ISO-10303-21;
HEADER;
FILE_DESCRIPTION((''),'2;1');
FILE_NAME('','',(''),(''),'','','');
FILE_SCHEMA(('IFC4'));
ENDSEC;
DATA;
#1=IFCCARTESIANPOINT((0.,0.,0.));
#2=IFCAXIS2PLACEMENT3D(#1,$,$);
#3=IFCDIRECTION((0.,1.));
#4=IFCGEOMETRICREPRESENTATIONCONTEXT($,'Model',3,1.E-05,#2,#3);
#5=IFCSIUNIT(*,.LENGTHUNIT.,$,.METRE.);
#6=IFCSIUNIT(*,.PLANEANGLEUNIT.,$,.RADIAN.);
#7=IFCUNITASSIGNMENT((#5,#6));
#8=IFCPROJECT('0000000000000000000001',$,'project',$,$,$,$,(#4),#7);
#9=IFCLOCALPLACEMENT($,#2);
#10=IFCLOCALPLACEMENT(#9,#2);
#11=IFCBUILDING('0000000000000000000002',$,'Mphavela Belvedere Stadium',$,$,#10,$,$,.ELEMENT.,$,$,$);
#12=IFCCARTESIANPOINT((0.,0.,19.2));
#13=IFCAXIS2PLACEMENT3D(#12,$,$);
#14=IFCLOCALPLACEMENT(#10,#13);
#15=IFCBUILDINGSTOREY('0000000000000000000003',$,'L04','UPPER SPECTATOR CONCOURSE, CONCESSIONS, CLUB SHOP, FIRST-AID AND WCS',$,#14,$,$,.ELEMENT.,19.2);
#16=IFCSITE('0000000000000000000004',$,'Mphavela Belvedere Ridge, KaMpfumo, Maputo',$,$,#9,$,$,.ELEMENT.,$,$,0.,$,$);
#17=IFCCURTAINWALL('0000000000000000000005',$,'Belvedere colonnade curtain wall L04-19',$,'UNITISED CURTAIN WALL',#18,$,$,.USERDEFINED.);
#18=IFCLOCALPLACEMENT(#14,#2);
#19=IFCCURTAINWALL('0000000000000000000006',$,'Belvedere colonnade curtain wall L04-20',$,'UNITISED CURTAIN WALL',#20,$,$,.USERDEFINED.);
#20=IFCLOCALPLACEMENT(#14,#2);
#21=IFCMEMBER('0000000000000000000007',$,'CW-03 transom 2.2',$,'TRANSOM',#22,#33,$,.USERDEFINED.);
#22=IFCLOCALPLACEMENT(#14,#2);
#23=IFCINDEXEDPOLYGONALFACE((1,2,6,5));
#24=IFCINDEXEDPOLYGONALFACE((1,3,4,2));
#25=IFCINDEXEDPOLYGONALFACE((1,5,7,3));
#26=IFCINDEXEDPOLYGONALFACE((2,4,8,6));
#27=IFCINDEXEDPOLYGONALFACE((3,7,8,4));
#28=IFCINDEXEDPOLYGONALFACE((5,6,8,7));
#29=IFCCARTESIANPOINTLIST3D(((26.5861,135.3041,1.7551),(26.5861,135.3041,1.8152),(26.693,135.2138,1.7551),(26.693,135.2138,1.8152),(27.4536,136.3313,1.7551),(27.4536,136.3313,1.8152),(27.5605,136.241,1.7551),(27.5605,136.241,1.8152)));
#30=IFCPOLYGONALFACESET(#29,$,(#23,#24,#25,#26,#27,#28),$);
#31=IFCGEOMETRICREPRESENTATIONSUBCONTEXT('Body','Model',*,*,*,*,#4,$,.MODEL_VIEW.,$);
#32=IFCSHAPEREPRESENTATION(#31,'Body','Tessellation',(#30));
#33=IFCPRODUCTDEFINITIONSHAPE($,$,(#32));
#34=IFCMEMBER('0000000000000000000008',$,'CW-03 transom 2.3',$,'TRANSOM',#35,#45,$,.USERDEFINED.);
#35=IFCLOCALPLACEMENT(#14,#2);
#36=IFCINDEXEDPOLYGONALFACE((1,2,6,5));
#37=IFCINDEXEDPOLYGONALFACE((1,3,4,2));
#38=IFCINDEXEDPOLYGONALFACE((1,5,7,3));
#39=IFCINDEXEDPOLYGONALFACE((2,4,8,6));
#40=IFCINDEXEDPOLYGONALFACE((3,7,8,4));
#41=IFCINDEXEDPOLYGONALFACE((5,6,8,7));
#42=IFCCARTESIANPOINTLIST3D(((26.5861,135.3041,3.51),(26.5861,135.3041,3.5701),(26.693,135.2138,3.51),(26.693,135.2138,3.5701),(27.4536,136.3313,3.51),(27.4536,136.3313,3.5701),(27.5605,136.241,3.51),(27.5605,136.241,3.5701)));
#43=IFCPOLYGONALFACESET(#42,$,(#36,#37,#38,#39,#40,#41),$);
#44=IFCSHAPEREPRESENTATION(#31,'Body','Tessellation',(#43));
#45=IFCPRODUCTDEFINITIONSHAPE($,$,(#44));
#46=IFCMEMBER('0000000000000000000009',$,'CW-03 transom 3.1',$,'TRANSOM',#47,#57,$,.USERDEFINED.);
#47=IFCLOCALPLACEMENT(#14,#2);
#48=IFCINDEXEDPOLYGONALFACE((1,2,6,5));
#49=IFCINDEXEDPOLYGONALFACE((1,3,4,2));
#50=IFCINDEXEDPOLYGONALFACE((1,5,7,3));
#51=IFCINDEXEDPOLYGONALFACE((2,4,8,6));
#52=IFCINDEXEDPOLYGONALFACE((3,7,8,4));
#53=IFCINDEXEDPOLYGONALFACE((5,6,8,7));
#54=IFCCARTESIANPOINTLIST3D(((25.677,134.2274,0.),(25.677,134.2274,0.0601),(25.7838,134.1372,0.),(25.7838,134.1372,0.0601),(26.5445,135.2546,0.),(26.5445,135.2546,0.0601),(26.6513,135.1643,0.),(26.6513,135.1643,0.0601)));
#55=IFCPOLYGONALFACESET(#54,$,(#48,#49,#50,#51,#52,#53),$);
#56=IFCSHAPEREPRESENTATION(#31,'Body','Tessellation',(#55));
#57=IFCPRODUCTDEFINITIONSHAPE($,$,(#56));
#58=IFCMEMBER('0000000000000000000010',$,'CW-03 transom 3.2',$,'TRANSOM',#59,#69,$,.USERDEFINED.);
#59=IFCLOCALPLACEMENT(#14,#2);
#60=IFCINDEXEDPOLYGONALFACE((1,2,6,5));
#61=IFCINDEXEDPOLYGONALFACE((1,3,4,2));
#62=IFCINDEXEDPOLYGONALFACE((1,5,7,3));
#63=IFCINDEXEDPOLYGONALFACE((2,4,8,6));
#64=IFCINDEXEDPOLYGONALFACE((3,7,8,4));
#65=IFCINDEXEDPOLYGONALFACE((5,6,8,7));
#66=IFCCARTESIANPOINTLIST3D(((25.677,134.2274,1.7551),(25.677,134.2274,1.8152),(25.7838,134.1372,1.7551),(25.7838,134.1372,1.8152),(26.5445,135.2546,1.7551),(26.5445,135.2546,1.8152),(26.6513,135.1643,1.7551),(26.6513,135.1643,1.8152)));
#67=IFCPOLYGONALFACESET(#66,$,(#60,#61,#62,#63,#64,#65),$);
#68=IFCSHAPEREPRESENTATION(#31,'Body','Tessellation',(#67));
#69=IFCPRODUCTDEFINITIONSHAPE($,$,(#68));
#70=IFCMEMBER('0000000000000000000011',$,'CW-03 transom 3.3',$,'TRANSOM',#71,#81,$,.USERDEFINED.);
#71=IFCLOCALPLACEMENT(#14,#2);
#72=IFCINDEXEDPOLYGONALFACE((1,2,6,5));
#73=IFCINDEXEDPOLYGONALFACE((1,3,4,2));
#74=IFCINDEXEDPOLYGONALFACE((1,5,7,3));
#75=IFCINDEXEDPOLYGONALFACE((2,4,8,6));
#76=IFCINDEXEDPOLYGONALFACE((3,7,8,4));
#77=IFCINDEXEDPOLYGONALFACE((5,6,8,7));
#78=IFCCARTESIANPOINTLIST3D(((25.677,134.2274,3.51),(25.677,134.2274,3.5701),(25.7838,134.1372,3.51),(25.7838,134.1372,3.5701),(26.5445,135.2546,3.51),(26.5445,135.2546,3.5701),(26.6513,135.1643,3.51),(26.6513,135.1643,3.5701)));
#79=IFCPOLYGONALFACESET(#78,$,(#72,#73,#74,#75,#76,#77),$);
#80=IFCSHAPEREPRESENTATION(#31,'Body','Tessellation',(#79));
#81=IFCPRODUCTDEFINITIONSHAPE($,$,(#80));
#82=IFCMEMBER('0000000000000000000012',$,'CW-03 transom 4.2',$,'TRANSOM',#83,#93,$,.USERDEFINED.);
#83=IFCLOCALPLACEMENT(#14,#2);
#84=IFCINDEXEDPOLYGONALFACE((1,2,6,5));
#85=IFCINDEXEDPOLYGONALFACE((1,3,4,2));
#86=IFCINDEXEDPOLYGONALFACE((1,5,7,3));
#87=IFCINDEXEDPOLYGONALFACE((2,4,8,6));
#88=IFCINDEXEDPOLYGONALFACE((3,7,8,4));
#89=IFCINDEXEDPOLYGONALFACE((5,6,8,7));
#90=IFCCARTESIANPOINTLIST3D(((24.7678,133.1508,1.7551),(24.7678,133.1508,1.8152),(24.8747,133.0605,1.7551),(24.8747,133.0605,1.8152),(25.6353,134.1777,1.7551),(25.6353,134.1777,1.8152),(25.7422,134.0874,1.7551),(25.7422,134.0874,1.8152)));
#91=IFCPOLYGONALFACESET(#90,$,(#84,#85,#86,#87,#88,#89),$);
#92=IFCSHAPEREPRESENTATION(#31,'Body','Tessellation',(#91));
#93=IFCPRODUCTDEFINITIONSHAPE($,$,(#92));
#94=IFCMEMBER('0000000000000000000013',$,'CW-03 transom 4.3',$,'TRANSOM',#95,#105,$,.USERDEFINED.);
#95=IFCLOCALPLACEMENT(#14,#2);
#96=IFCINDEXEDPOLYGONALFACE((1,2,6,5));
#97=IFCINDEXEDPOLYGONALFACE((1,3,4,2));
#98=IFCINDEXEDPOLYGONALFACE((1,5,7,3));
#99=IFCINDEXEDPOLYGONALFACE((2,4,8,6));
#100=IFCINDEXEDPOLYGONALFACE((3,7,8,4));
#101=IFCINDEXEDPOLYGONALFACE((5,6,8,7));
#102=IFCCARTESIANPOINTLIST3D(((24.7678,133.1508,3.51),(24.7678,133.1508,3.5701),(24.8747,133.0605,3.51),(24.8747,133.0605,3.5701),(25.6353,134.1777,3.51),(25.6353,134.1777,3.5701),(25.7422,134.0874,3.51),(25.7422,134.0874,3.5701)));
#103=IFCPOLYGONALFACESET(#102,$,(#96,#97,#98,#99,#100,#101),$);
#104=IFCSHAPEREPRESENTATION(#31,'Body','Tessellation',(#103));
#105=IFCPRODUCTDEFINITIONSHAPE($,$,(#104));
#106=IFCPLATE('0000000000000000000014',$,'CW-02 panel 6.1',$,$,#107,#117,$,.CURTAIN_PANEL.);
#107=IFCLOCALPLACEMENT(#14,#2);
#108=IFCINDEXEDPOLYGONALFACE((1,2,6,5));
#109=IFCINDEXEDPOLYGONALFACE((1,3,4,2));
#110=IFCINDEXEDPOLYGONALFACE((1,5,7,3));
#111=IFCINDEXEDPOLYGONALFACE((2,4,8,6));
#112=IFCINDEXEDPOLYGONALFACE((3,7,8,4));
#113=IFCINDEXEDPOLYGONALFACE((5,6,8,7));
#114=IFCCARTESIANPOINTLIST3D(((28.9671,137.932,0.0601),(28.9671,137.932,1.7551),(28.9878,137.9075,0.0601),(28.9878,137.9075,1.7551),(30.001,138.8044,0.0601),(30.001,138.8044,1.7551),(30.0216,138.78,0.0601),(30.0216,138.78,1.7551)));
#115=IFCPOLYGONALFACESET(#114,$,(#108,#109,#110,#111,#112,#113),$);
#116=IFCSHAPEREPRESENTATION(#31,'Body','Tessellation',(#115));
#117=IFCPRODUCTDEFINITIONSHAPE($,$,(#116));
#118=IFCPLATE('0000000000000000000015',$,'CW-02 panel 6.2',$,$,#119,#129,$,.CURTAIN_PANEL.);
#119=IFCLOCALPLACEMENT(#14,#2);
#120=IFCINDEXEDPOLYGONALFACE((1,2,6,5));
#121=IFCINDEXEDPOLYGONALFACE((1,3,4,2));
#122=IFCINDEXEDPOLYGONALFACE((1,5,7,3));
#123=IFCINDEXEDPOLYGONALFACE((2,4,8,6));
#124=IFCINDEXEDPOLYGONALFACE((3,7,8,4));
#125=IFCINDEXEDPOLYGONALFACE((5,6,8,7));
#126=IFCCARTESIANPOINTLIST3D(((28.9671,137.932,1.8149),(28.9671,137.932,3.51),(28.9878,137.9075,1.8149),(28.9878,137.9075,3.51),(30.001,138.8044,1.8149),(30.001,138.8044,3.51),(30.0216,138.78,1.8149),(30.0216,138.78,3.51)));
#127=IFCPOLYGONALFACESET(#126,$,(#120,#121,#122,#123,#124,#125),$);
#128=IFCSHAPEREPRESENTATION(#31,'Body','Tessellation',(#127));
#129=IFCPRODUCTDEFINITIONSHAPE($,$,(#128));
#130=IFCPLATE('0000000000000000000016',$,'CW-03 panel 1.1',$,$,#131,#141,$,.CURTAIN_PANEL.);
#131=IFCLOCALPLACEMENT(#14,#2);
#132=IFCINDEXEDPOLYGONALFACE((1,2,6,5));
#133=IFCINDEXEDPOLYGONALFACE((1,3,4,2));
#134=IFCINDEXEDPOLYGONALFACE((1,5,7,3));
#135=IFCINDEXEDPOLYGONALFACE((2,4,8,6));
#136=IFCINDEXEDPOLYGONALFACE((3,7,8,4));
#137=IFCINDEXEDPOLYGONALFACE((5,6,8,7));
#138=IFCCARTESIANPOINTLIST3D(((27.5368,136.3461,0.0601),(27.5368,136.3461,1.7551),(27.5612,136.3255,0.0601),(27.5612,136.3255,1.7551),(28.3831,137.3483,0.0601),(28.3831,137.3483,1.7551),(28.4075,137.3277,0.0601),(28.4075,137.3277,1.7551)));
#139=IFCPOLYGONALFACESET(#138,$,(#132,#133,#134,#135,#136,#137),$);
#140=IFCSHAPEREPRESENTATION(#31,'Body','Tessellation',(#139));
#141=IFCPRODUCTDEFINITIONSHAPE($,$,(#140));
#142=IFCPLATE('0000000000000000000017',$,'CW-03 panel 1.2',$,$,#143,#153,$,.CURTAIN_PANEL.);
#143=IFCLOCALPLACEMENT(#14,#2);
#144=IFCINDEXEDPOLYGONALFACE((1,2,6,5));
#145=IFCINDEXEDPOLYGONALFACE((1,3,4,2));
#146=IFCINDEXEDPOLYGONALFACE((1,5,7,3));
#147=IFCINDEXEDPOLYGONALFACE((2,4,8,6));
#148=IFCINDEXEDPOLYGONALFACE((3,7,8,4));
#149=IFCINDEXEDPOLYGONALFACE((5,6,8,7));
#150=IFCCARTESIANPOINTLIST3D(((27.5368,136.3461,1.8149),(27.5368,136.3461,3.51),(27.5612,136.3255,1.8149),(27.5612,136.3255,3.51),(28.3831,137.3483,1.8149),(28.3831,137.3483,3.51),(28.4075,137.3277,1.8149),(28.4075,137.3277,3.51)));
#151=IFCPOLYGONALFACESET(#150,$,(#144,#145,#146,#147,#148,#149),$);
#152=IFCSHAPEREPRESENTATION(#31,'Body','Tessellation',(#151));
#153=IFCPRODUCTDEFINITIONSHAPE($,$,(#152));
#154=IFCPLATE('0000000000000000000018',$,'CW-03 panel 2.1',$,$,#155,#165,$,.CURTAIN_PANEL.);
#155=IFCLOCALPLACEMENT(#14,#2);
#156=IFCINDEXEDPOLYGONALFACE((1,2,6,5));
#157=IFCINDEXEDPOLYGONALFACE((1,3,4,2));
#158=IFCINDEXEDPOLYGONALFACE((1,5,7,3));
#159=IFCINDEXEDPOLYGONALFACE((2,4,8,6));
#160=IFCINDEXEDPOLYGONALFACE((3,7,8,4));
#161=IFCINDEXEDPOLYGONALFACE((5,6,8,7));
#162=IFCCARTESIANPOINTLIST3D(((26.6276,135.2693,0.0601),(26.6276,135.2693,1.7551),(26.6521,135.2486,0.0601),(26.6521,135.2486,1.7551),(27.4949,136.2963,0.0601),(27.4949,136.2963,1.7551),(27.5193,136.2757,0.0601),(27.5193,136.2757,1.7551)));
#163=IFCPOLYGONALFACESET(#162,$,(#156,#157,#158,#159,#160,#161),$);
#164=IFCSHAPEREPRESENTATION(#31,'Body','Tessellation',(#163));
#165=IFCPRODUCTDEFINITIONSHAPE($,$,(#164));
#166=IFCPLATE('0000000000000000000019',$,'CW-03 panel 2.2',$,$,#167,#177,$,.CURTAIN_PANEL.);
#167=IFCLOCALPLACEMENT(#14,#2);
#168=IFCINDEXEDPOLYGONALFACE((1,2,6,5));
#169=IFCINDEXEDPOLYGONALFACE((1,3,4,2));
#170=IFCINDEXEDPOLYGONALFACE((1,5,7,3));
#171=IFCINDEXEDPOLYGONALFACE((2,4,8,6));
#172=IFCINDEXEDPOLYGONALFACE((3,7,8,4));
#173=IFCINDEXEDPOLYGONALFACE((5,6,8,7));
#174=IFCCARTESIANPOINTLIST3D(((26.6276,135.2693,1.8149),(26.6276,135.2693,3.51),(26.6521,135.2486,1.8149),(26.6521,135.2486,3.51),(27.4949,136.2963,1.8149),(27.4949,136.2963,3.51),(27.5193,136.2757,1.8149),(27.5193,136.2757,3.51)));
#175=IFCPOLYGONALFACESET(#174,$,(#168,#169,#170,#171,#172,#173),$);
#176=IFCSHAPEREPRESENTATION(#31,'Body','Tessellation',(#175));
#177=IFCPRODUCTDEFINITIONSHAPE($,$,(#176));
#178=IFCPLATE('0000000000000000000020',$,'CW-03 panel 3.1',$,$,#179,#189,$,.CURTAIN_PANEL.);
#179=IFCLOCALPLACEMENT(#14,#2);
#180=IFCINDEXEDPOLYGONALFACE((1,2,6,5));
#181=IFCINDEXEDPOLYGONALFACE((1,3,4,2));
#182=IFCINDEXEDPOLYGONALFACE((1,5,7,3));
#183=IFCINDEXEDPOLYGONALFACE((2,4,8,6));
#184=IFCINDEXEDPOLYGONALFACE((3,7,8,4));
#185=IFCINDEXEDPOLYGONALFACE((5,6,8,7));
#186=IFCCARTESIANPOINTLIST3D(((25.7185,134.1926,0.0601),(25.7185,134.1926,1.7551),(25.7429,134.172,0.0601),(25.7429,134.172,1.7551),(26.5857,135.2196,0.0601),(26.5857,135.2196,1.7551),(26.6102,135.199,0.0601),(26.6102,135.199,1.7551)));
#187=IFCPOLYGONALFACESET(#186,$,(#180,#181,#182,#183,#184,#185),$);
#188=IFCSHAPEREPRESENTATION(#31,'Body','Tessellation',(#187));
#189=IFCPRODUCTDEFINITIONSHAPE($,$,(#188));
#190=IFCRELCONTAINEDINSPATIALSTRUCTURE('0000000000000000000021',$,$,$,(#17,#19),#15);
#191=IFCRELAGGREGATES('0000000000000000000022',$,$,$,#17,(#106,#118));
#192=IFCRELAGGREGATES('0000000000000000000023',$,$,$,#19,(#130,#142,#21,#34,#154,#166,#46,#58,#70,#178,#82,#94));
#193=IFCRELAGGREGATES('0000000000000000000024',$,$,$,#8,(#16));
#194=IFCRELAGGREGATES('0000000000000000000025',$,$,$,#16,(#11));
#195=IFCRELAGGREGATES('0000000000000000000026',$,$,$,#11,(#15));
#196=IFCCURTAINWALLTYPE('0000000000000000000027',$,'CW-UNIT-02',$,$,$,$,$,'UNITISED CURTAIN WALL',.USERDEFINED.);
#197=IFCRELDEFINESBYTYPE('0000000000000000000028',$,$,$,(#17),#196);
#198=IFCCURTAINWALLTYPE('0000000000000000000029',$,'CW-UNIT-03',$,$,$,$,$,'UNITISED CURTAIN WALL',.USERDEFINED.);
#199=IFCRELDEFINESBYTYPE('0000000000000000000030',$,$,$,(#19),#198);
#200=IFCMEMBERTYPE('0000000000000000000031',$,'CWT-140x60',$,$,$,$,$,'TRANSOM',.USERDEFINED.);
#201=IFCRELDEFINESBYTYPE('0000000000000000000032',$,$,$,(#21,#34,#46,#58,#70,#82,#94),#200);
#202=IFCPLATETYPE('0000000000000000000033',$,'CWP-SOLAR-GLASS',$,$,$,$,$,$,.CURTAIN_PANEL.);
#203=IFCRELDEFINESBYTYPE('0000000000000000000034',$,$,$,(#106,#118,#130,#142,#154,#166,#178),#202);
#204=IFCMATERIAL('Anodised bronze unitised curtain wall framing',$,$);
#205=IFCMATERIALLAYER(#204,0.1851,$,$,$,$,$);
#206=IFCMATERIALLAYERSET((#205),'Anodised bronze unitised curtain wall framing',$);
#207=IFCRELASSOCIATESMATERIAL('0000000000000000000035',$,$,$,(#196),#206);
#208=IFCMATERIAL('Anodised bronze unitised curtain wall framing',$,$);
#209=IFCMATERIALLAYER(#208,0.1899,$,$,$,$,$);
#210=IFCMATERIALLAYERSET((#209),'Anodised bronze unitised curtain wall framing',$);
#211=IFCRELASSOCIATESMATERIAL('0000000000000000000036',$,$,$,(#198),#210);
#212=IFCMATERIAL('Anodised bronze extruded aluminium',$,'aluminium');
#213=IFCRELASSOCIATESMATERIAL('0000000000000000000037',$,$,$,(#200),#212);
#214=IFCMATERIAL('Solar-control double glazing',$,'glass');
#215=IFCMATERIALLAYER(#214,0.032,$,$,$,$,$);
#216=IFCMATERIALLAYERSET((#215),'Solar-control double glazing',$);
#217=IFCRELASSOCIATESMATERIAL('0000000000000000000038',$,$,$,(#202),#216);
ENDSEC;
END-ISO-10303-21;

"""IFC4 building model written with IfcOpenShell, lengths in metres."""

from ifc_helpers import new_model, si_unit, direction, frame, origin, origin_2d, place, context, subcontext, project, spatial, rectangle, extrude, material, layer, layer_set, material_profile, profile_set, type_object, element, aggregate, save


model = new_model("IFC4")

# Units and contexts
model_context = context("Model", 3, precision=1e-05, world=origin(), true_north=direction((0.0, 1.0)))
body_context = subcontext(model_context, "Body", "Model", "MODEL_VIEW")
ifc_project = project(units=[si_unit("LENGTHUNIT", "METRE"), si_unit("PLANEANGLEUNIT", "RADIAN")], contexts=[model_context])

# Site, building, storey
site_placement = place(None, origin())
site = spatial("IfcSite", under=ifc_project, at=site_placement, Name="Mphavela Belvedere Ridge, KaMpfumo, Maputo", CompositionType="ELEMENT", RefElevation=0.0)
building_placement = place(site_placement, origin())
building = spatial("IfcBuilding", under=site, at=building_placement, Name="Mphavela Belvedere Stadium", CompositionType="ELEMENT")
storey_placement = place(building_placement, frame((0.0, 0.0, 19.2)))
storey = spatial("IfcBuildingStorey", under=building, at=storey_placement, Name="L04", Description="UPPER SPECTATOR CONCOURSE, CONCESSIONS, CLUB SHOP, FIRST-AID AND WCS", CompositionType="ELEMENT", Elevation=19.2)

# Curtain wall
ifc_material_1 = material(Name="Anodised bronze unitised curtain wall framing")
ifc_layer_1 = layer(ifc_material_1, 0.1851)
ifc_layer_set_1 = layer_set([ifc_layer_1], Name="Anodised bronze unitised curtain wall framing")
curtain_wall_type_1 = type_object("IfcCurtainWallType", Name="CW-UNIT-02", ElementType="UNITISED CURTAIN WALL", PredefinedType="USERDEFINED", material=ifc_layer_set_1)
curtain_wall_1_placement = place(storey_placement, origin())
curtain_wall_1 = element("IfcCurtainWall", 1, at=curtain_wall_1_placement, inside=storey, type_object=curtain_wall_type_1, Name="Belvedere colonnade curtain wall L04-19", ObjectType="UNITISED CURTAIN WALL", PredefinedType="USERDEFINED")

# Curtain wall, members
ifc_material_2 = material(Name="Anodised bronze unitised curtain wall framing")
ifc_layer_2 = layer(ifc_material_2, 0.1899)
ifc_layer_set_2 = layer_set([ifc_layer_2], Name="Anodised bronze unitised curtain wall framing")
curtain_wall_type_2 = type_object("IfcCurtainWallType", Name="CW-UNIT-03", ElementType="UNITISED CURTAIN WALL", PredefinedType="USERDEFINED", material=ifc_layer_set_2)
curtain_wall_2_placement = place(storey_placement, origin())
curtain_wall_2 = element("IfcCurtainWall", 2, at=curtain_wall_2_placement, inside=storey, type_object=curtain_wall_type_2, Name="Belvedere colonnade curtain wall L04-20", ObjectType="UNITISED CURTAIN WALL", PredefinedType="USERDEFINED")
ifc_material_3 = material(Name="Anodised bronze extruded aluminium", Category="aluminium")
ifc_material_profile_1 = material_profile(ifc_material_3, rectangle(XDim=0.1399, YDim=0.0601, at=origin_2d()), Name="CW-TRN 140x60")
ifc_profile_set_1 = profile_set([ifc_material_profile_1], Name="Anodised bronze extruded aluminium")
member_type_1 = type_object("IfcMemberType", Name="CWT-140x60", ElementType="TRANSOM", PredefinedType="USERDEFINED", material=ifc_profile_set_1)
member_1_placement = place(storey_placement, frame((27.5071, 136.2861, 1.7852), z_axis=(-0.645226, -0.763992, 0.0), x_axis=(0.763992, -0.645226, 0.0)))
member_1 = element("IfcMember", 3, at=member_1_placement, type_object=member_type_1, Name="CW-03 transom 2.2", ObjectType="TRANSOM", PredefinedType="USERDEFINED", context=body_context, shape_type="SweptSolid", body=[
    extrude(rectangle(XDim=0.1399, YDim=0.0601, at=origin_2d()), origin(), (0.0, 0.0, 1.0), 1.3445),
])
member_2_placement = place(storey_placement, frame((27.5071, 136.2861, 3.54), z_axis=(-0.645226, -0.763992, 0.0), x_axis=(0.763992, -0.645226, 0.0)))
member_2 = element("IfcMember", 4, at=member_2_placement, type_object=member_type_1, Name="CW-03 transom 2.3", ObjectType="TRANSOM", PredefinedType="USERDEFINED", context=body_context, shape_type="SweptSolid", body=[
    extrude(rectangle(XDim=0.1399, YDim=0.0601, at=origin_2d()), origin(), (0.0, 0.0, 1.0), 1.3445),
])
member_3_placement = place(storey_placement, frame((26.5979, 135.2095, 0.03), z_axis=(-0.645226, -0.763992, 0.0), x_axis=(0.763992, -0.645226, 0.0)))
member_3 = element("IfcMember", 5, at=member_3_placement, type_object=member_type_1, Name="CW-03 transom 3.1", ObjectType="TRANSOM", PredefinedType="USERDEFINED", context=body_context, shape_type="SweptSolid", body=[
    extrude(rectangle(XDim=0.1399, YDim=0.0601, at=origin_2d()), origin(), (0.0, 0.0, 1.0), 1.3445),
])
member_4_placement = place(storey_placement, frame((26.5979, 135.2095, 1.7852), z_axis=(-0.645226, -0.763992, 0.0), x_axis=(0.763992, -0.645226, 0.0)))
member_4 = element("IfcMember", 6, at=member_4_placement, type_object=member_type_1, Name="CW-03 transom 3.2", ObjectType="TRANSOM", PredefinedType="USERDEFINED", context=body_context, shape_type="SweptSolid", body=[
    extrude(rectangle(XDim=0.1399, YDim=0.0601, at=origin_2d()), origin(), (0.0, 0.0, 1.0), 1.3445),
])
member_5_placement = place(storey_placement, frame((26.5979, 135.2095, 3.54), z_axis=(-0.645226, -0.763992, 0.0), x_axis=(0.763992, -0.645226, 0.0)))
member_5 = element("IfcMember", 7, at=member_5_placement, type_object=member_type_1, Name="CW-03 transom 3.3", ObjectType="TRANSOM", PredefinedType="USERDEFINED", context=body_context, shape_type="SweptSolid", body=[
    extrude(rectangle(XDim=0.1399, YDim=0.0601, at=origin_2d()), origin(), (0.0, 0.0, 1.0), 1.3445),
])
member_6_placement = place(storey_placement, frame((25.6887, 134.1326, 1.7852), z_axis=(-0.645315, -0.763916, 0.0), x_axis=(0.763916, -0.645315, 0.0)))
member_6 = element("IfcMember", 8, at=member_6_placement, type_object=member_type_1, Name="CW-03 transom 4.2", ObjectType="TRANSOM", PredefinedType="USERDEFINED", context=body_context, shape_type="SweptSolid", body=[
    extrude(rectangle(XDim=0.1399, YDim=0.0601, at=origin_2d()), origin(), (0.0, 0.0, 1.0), 1.3442),
])
member_7_placement = place(storey_placement, frame((25.6887, 134.1326, 3.54), z_axis=(-0.645315, -0.763916, 0.0), x_axis=(0.763916, -0.645315, 0.0)))
member_7 = element("IfcMember", 9, at=member_7_placement, type_object=member_type_1, Name="CW-03 transom 4.3", ObjectType="TRANSOM", PredefinedType="USERDEFINED", context=body_context, shape_type="SweptSolid", body=[
    extrude(rectangle(XDim=0.1399, YDim=0.0601, at=origin_2d()), origin(), (0.0, 0.0, 1.0), 1.3442),
])

# Plates
ifc_material_4 = material(Name="Solar-control double glazing", Category="glass")
ifc_layer_3 = layer(ifc_material_4, 0.032)
ifc_layer_set_3 = layer_set([ifc_layer_3], Name="Solar-control double glazing")
plate_type = type_object("IfcPlateType", Name="CWP-SOLAR-GLASS", PredefinedType="CURTAIN_PANEL", material=ifc_layer_set_3)
plate_1_placement = place(storey_placement, frame((29.4944, 138.356, 0.0601), z_axis=(0.0, 0.0, 1.0), x_axis=(-0.764253, -0.644916, 0.0)))
plate_1 = element("IfcPlate", 10, at=plate_1_placement, type_object=plate_type, Name="CW-02 panel 6.1", PredefinedType="CURTAIN_PANEL", context=body_context, shape_type="SweptSolid", body=[
    extrude(rectangle(XDim=1.3528, YDim=0.032, at=origin_2d()), origin(), (0.0, 0.0, 1.0), 1.6951),
])
plate_2_placement = place(storey_placement, frame((29.4944, 138.356, 1.8149), z_axis=(0.0, 0.0, 1.0), x_axis=(-0.764253, -0.644916, 0.0)))
plate_2 = element("IfcPlate", 11, at=plate_2_placement, type_object=plate_type, Name="CW-02 panel 6.2", PredefinedType="CURTAIN_PANEL", context=body_context, shape_type="SweptSolid", body=[
    extrude(rectangle(XDim=1.3528, YDim=0.032, at=origin_2d()), origin(), (0.0, 0.0, 1.0), 1.6951),
])
aggregate(curtain_wall_1, [plate_1, plate_2])
plate_3_placement = place(storey_placement, frame((27.9722, 136.8369, 0.0601), z_axis=(0.0, 0.0, 1.0), x_axis=(-0.645175, -0.764035, 0.0)))
plate_3 = element("IfcPlate", 12, at=plate_3_placement, type_object=plate_type, Name="CW-03 panel 1.1", PredefinedType="CURTAIN_PANEL", context=body_context, shape_type="SweptSolid", body=[
    extrude(rectangle(XDim=1.3118, YDim=0.032, at=origin_2d()), origin(), (0.0, 0.0, 1.0), 1.6951),
])
plate_4_placement = place(storey_placement, frame((27.9722, 136.8369, 1.8149), z_axis=(0.0, 0.0, 1.0), x_axis=(-0.645175, -0.764035, 0.0)))
plate_4 = element("IfcPlate", 13, at=plate_4_placement, type_object=plate_type, Name="CW-03 panel 1.2", PredefinedType="CURTAIN_PANEL", context=body_context, shape_type="SweptSolid", body=[
    extrude(rectangle(XDim=1.3118, YDim=0.032, at=origin_2d()), origin(), (0.0, 0.0, 1.0), 1.6951),
])
plate_5_placement = place(storey_placement, frame((27.0735, 135.7725, 0.0601), z_axis=(0.0, 0.0, 1.0), x_axis=(-0.645175, -0.764035, 0.0)))
plate_5 = element("IfcPlate", 14, at=plate_5_placement, type_object=plate_type, Name="CW-03 panel 2.1", PredefinedType="CURTAIN_PANEL", context=body_context, shape_type="SweptSolid", body=[
    extrude(rectangle(XDim=1.3442, YDim=0.032, at=origin_2d()), origin(), (0.0, 0.0, 1.0), 1.6951),
])
plate_6_placement = place(storey_placement, frame((27.0735, 135.7725, 1.8149), z_axis=(0.0, 0.0, 1.0), x_axis=(-0.645175, -0.764035, 0.0)))
plate_6 = element("IfcPlate", 15, at=plate_6_placement, type_object=plate_type, Name="CW-03 panel 2.2", PredefinedType="CURTAIN_PANEL", context=body_context, shape_type="SweptSolid", body=[
    extrude(rectangle(XDim=1.3442, YDim=0.032, at=origin_2d()), origin(), (0.0, 0.0, 1.0), 1.6951),
])
plate_7_placement = place(storey_placement, frame((26.1643, 134.6958, 0.0601), z_axis=(0.0, 0.0, 1.0), x_axis=(-0.645175, -0.764035, 0.0)))
plate_7 = element("IfcPlate", 16, at=plate_7_placement, type_object=plate_type, Name="CW-03 panel 3.1", PredefinedType="CURTAIN_PANEL", context=body_context, shape_type="SweptSolid", body=[
    extrude(rectangle(XDim=1.3442, YDim=0.032, at=origin_2d()), origin(), (0.0, 0.0, 1.0), 1.6951),
])
aggregate(curtain_wall_2, [plate_3, plate_4, member_1, member_2, plate_5, plate_6, member_3, member_4, member_5, plate_7, member_6, member_7])

save(model, "model.ifc")
